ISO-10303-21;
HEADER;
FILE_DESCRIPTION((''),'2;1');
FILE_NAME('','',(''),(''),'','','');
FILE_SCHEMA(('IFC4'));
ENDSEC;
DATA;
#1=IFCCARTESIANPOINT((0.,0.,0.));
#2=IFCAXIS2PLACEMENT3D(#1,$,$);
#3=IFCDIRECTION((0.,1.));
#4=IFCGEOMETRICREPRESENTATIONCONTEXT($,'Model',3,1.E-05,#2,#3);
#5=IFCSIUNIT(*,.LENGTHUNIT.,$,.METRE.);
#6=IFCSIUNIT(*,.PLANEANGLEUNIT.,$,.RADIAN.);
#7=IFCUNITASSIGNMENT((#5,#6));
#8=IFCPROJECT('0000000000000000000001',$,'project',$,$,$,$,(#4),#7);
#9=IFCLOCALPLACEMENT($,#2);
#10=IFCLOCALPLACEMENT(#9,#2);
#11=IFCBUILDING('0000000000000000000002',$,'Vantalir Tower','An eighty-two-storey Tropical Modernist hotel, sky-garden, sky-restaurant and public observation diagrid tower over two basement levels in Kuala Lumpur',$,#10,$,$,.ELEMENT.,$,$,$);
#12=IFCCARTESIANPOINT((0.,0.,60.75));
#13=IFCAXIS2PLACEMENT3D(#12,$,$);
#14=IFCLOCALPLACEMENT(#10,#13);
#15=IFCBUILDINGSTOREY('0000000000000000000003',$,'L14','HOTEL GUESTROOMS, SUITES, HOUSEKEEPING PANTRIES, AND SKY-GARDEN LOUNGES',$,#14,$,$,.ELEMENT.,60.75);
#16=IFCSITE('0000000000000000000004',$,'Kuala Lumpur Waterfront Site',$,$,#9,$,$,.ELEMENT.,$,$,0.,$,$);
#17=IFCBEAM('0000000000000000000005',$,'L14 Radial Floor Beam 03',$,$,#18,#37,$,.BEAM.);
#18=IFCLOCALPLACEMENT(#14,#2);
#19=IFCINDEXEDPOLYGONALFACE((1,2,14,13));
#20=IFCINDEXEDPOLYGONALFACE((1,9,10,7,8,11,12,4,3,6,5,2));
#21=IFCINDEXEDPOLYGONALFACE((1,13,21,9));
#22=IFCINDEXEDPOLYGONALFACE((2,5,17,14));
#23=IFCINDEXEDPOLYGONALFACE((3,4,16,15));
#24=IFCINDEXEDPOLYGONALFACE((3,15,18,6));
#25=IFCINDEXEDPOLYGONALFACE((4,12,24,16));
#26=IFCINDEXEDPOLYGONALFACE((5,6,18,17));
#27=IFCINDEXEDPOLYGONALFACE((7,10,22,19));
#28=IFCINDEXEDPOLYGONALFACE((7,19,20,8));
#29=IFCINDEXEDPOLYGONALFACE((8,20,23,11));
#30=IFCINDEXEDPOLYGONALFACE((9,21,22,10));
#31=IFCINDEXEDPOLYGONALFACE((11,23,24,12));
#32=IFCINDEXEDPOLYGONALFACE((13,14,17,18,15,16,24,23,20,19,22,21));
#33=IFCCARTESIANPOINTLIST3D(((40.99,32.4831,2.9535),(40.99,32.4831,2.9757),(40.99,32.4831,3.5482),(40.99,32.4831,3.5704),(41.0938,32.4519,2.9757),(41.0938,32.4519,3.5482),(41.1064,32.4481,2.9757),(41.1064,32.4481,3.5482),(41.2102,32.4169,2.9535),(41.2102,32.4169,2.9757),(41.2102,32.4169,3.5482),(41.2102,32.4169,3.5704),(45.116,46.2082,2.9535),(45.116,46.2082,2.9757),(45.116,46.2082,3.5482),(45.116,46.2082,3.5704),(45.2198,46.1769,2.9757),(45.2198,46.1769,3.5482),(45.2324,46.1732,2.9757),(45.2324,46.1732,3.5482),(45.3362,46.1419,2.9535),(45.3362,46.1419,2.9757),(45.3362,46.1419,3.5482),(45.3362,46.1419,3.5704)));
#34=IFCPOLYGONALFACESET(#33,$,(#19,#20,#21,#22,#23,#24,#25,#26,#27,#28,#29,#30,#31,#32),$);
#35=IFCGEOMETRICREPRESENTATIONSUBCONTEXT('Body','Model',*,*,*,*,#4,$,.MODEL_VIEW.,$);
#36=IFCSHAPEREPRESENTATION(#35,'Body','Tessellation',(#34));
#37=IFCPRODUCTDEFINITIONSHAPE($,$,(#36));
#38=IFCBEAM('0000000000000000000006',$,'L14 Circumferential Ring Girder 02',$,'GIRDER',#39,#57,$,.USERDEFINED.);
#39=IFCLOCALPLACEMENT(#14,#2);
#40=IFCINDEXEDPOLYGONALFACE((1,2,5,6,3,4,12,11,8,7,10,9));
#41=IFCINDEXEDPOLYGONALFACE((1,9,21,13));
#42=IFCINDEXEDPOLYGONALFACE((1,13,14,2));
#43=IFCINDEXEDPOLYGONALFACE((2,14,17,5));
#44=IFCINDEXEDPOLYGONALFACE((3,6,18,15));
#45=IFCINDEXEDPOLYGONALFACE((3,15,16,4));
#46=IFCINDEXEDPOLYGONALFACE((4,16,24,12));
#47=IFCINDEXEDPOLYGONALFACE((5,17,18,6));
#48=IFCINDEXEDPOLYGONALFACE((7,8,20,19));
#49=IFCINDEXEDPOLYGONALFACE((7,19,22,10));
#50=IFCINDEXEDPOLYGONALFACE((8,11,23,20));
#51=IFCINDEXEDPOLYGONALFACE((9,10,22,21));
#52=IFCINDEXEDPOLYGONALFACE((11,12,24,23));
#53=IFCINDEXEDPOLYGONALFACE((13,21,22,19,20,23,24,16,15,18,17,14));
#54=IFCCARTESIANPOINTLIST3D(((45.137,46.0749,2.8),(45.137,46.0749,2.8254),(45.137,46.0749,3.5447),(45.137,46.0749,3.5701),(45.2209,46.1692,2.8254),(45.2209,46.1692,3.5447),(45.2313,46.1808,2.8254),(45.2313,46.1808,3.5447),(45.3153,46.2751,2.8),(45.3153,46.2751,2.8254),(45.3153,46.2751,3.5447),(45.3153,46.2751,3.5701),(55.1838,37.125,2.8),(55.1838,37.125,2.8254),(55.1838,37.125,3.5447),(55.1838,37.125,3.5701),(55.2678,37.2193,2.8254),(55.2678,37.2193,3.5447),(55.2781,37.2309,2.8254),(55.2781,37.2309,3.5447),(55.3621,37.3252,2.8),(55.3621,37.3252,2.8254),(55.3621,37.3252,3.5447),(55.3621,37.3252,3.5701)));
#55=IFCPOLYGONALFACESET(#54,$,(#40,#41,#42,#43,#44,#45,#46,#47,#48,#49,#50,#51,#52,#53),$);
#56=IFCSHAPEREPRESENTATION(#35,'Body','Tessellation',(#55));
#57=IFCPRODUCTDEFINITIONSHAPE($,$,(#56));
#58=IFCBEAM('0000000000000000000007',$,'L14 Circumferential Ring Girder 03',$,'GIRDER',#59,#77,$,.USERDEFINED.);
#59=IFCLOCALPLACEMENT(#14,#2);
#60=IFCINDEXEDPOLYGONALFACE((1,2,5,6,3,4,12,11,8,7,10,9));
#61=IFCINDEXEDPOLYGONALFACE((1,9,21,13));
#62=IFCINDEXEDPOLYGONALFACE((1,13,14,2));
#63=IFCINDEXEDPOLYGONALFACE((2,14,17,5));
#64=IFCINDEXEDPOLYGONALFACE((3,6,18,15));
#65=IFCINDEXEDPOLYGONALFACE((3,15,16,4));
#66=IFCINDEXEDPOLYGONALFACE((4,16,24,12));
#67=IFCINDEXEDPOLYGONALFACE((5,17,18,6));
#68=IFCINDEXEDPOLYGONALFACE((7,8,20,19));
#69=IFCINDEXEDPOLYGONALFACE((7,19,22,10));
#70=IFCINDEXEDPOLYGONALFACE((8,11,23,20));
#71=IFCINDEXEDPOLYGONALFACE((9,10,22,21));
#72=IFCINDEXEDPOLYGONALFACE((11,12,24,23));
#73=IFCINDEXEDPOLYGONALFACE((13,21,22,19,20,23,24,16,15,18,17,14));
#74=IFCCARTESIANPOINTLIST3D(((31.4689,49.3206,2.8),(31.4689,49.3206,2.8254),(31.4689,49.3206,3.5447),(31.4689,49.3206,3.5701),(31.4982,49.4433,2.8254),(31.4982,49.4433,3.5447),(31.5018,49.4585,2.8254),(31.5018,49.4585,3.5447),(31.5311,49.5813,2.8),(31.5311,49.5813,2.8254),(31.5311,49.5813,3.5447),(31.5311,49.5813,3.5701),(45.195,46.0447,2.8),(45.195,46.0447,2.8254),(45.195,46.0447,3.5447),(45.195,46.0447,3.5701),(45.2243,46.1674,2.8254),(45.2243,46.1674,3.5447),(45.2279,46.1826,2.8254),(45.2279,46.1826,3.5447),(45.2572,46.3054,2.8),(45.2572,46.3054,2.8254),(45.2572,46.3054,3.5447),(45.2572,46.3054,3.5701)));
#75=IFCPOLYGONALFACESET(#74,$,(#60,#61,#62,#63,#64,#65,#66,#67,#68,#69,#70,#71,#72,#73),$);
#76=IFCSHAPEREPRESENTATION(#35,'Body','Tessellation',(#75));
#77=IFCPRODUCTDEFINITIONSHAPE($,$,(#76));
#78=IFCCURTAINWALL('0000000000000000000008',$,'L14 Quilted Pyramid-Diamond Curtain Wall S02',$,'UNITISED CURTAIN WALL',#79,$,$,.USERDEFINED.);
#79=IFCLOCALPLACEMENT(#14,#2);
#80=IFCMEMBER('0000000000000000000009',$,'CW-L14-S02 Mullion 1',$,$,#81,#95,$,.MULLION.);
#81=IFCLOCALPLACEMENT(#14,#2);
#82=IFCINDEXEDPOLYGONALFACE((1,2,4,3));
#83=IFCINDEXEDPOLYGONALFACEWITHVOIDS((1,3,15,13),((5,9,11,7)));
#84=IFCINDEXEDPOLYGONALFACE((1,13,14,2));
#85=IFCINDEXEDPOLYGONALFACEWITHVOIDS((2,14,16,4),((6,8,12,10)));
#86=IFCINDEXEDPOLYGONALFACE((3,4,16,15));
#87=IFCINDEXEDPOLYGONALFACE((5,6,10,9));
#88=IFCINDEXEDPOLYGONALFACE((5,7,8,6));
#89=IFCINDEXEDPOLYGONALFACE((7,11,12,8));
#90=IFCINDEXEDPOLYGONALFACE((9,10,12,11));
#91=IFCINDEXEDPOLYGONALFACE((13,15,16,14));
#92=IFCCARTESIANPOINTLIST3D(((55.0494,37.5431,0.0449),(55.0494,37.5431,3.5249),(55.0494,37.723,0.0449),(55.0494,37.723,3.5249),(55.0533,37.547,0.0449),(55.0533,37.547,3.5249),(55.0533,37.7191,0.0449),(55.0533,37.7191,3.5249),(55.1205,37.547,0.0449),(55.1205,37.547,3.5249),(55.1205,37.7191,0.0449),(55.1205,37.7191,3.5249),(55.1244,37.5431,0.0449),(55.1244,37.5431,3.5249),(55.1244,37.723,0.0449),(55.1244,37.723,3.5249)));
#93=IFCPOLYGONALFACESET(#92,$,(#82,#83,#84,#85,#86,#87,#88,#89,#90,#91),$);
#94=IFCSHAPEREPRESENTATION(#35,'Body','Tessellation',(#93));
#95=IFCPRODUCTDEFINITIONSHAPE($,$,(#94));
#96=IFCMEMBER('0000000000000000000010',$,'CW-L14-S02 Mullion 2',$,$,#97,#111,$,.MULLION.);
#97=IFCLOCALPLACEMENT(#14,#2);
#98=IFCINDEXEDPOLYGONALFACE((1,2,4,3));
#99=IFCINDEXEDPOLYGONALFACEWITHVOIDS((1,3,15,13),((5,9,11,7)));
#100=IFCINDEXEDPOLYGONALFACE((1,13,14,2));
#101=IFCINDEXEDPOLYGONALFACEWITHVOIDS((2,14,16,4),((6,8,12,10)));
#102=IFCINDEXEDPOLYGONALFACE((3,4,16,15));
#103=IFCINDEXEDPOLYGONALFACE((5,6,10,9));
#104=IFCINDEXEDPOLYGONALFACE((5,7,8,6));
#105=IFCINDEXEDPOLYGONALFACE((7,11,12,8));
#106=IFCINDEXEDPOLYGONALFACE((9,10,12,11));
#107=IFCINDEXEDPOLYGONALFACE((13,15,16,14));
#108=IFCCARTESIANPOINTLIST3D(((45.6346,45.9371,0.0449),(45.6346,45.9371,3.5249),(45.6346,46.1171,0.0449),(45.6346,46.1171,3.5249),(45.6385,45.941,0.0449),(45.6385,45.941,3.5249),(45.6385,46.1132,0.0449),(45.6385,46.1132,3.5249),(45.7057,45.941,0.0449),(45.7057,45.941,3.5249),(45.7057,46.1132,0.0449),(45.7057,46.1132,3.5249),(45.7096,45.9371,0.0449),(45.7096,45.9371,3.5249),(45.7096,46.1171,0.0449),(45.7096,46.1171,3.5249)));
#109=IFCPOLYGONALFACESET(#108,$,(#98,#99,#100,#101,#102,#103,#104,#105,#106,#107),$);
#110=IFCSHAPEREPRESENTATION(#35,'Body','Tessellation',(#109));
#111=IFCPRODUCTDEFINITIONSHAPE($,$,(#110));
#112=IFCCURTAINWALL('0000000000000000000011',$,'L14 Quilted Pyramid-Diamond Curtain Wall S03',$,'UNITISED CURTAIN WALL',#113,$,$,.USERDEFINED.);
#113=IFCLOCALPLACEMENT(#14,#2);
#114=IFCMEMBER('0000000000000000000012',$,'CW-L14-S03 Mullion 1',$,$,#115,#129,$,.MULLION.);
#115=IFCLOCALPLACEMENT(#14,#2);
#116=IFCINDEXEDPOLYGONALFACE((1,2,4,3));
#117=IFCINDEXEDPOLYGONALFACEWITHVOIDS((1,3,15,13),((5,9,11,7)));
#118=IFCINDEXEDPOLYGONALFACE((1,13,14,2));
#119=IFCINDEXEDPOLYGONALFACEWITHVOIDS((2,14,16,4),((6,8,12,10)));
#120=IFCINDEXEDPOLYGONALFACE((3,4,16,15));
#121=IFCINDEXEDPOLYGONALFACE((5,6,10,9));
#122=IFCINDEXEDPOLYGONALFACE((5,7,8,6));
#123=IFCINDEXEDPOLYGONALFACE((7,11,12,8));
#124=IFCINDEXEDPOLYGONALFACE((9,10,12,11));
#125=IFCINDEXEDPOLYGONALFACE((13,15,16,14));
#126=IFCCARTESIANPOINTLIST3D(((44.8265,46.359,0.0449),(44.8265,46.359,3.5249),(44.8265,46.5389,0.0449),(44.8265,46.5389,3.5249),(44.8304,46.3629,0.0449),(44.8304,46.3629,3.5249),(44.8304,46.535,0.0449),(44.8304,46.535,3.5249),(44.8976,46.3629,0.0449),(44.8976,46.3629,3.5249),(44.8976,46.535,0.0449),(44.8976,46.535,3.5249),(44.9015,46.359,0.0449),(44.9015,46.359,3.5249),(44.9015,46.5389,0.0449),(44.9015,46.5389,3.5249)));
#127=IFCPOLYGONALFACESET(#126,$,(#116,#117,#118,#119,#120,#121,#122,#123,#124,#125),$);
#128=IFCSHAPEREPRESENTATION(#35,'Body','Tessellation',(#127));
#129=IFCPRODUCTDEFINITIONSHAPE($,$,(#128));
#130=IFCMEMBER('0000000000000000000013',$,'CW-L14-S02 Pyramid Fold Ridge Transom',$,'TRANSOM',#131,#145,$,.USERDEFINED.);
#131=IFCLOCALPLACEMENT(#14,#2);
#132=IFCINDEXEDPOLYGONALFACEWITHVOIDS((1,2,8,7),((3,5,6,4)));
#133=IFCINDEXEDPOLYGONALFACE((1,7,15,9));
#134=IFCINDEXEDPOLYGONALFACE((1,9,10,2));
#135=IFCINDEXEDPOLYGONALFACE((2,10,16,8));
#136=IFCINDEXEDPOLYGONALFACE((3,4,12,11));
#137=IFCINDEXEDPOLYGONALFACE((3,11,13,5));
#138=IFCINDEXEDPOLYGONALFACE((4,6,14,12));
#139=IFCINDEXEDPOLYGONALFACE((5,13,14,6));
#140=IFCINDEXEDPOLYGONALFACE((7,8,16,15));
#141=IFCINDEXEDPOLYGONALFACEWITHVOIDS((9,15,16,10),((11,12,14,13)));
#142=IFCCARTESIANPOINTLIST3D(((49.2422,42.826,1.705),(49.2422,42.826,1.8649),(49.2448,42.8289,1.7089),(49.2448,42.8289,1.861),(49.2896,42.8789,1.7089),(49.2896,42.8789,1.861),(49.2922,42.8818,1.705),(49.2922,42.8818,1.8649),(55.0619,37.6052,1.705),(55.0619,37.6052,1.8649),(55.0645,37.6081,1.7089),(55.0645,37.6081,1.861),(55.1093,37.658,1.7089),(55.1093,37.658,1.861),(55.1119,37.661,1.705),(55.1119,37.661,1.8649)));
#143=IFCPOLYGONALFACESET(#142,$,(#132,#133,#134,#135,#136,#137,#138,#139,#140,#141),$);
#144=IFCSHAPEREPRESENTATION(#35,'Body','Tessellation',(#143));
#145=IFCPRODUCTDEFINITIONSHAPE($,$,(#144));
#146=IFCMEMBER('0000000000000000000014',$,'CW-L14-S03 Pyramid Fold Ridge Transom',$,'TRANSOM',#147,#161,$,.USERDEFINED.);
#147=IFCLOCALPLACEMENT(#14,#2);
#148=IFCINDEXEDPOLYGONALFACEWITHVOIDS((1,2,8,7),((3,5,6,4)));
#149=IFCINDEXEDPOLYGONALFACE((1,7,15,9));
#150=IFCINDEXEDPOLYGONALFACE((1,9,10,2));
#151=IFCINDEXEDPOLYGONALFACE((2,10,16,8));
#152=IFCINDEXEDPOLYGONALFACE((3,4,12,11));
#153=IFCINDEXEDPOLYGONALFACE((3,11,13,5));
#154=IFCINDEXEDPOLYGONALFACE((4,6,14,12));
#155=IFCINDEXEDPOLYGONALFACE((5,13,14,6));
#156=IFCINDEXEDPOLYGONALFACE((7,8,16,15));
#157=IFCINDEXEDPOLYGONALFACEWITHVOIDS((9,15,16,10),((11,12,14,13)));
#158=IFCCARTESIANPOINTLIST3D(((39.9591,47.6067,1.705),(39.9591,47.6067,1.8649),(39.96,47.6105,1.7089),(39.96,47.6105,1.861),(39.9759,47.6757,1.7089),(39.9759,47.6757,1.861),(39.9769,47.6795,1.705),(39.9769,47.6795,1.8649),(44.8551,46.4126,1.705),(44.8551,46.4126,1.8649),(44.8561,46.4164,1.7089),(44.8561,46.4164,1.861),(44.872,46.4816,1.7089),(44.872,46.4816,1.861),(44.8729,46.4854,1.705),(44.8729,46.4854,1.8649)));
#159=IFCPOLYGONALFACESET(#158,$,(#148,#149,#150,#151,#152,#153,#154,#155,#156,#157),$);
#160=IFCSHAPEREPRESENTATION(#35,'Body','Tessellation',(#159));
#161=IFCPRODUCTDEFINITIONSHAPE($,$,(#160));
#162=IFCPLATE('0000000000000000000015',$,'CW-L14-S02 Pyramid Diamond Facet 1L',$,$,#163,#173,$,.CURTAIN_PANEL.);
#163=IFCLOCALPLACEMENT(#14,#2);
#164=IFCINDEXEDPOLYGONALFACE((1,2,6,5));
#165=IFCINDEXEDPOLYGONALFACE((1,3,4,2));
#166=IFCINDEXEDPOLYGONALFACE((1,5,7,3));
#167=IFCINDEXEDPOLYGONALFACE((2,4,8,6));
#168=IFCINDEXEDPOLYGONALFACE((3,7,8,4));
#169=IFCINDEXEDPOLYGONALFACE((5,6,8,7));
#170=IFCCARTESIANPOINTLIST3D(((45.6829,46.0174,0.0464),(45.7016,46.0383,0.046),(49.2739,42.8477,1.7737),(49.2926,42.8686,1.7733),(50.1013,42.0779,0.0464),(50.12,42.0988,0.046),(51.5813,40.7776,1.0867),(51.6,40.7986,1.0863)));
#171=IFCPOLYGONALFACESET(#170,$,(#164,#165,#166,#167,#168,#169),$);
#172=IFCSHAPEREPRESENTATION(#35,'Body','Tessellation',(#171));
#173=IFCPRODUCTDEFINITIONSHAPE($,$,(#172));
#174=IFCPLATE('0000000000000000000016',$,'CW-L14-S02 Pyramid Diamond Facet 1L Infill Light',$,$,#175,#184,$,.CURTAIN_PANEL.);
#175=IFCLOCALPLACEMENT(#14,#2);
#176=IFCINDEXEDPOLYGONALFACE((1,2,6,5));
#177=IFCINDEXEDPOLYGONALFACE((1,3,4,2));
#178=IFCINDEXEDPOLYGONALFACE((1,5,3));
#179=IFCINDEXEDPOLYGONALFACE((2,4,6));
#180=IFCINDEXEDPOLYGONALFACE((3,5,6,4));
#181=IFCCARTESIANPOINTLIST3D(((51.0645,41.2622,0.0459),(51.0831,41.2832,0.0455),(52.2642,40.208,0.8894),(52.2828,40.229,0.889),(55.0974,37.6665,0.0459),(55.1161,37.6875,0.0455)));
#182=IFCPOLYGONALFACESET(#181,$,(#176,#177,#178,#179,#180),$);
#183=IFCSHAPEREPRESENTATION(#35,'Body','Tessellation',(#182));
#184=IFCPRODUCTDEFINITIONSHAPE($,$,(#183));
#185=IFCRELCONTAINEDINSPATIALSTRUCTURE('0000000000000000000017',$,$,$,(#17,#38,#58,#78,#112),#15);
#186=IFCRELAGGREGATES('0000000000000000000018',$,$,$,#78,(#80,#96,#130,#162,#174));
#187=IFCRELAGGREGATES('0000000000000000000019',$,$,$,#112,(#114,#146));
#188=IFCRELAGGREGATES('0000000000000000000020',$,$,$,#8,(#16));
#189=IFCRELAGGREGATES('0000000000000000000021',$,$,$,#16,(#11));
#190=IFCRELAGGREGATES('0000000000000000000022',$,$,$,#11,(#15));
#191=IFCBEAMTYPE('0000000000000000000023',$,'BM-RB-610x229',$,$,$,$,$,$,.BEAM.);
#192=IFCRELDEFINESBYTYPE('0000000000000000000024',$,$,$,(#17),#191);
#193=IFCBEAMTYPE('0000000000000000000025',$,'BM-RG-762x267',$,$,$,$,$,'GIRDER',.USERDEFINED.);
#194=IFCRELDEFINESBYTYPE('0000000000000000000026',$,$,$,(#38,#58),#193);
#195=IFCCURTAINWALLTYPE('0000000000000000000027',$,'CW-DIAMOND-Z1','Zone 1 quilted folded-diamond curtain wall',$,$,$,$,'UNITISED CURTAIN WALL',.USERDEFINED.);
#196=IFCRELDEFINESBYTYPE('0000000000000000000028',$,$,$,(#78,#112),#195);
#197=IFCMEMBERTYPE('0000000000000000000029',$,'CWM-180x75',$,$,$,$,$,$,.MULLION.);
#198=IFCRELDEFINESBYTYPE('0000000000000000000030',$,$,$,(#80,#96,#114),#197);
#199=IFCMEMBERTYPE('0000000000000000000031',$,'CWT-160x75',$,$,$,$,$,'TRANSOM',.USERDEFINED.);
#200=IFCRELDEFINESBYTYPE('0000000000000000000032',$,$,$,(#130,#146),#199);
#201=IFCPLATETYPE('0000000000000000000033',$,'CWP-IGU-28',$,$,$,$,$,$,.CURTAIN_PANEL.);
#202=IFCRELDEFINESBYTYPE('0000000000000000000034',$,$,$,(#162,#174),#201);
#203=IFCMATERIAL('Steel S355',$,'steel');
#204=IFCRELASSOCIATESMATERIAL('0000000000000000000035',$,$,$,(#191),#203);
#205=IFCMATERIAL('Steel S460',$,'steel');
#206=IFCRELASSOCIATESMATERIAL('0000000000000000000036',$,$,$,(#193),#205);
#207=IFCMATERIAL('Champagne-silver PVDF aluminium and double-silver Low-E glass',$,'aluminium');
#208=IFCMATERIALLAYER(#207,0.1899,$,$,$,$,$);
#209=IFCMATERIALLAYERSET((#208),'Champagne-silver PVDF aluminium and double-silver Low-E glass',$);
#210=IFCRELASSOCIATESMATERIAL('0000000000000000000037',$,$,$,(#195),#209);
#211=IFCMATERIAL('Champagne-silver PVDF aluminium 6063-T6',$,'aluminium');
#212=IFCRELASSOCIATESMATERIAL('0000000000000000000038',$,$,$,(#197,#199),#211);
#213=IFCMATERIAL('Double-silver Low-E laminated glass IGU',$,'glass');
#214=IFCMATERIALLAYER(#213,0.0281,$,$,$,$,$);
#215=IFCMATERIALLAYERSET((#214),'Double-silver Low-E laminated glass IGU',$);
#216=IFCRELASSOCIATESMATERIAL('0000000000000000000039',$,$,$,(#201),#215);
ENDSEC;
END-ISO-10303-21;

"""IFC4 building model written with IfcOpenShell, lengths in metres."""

from ifc_helpers import new_model, si_unit, direction, frame, origin, origin_2d, place, context, subcontext, project, spatial, polyline, hollow_rectangle, i_section, outline, extrude, material, layer, layer_set, material_profile, profile_set, type_object, element, aggregate, save


model = new_model("IFC4")

# Units and contexts
model_context = context("Model", 3, precision=1e-05, world=origin(), true_north=direction((0.0, 1.0)))
body_context = subcontext(model_context, "Body", "Model", "MODEL_VIEW")
ifc_project = project(units=[si_unit("LENGTHUNIT", "METRE"), si_unit("PLANEANGLEUNIT", "RADIAN")], contexts=[model_context])

# Site, building, storey
site_placement = place(None, origin())
site = spatial("IfcSite", under=ifc_project, at=site_placement, Name="Kuala Lumpur Waterfront Site", CompositionType="ELEMENT", RefElevation=0.0)
building_placement = place(site_placement, origin())
building = spatial("IfcBuilding", under=site, at=building_placement, Name="Vantalir Tower", Description="An eighty-two-storey Tropical Modernist hotel, sky-garden, sky-restaurant and public observation diagrid tower over two basement levels in Kuala Lumpur", CompositionType="ELEMENT")
storey_placement = place(building_placement, frame((0.0, 0.0, 60.75)))
storey = spatial("IfcBuildingStorey", under=building, at=storey_placement, Name="L14", Description="HOTEL GUESTROOMS, SUITES, HOUSEKEEPING PANTRIES, AND SKY-GARDEN LOUNGES", CompositionType="ELEMENT", Elevation=60.75)

# Shared definitions
ifc_material_1 = material(Name="Steel S460", Category="steel")

# Beams
ifc_material_2 = material(Name="Steel S355", Category="steel")
ifc_material_profile_1 = material_profile(ifc_material_2, i_section(OverallWidth=0.23, OverallDepth=0.6169, WebThickness=0.0132, FlangeThickness=0.0222, at=origin_2d()), Name="Steel S355")
ifc_profile_set_1 = profile_set([ifc_material_profile_1], Name="Steel S355")
beam_type_1 = type_object("IfcBeamType", Name="BM-RB-610x229", PredefinedType="BEAM", material=ifc_profile_set_1)
beam_1_placement = place(storey_placement, frame((45.2261, 46.175, 3.262), z_axis=(-0.287889, -0.957664, 0.0), x_axis=(0.957664, -0.287889, 0.0)))
element("IfcBeam", 1, at=beam_1_placement, inside=storey, type_object=beam_type_1, Name="L14 Radial Floor Beam 03", PredefinedType="BEAM", context=body_context, shape_type="SweptSolid", body=[
    extrude(i_section(OverallWidth=0.23, OverallDepth=0.6169, WebThickness=0.0132, FlangeThickness=0.0222, at=origin_2d()), origin(), (0.0, 0.0, 1.0), 14.3318),
])
ifc_material_profile_2 = material_profile(ifc_material_1, i_section(OverallWidth=0.2681, OverallDepth=0.77, WebThickness=0.0156, FlangeThickness=0.0254, at=origin_2d()), Name="Steel S460")
ifc_profile_set_2 = profile_set([ifc_material_profile_2], Name="Steel S460")
beam_type_2 = type_object("IfcBeamType", Name="BM-RG-762x267", ElementType="GIRDER", PredefinedType="USERDEFINED", material=ifc_profile_set_2)
beam_2_placement = place(storey_placement, frame((55.2729, 37.2251, 3.1851), z_axis=(-0.746693, 0.665169, 0.0), x_axis=(-0.665169, -0.746693, 0.0)))
element("IfcBeam", 2, at=beam_2_placement, inside=storey, type_object=beam_type_2, Name="L14 Circumferential Ring Girder 02", ObjectType="GIRDER", PredefinedType="USERDEFINED", context=body_context, shape_type="SweptSolid", body=[
    extrude(i_section(OverallWidth=0.2681, OverallDepth=0.77, WebThickness=0.0156, FlangeThickness=0.0254, at=origin_2d()), origin(), (0.0, 0.0, 1.0), 13.4551),
])
beam_3_placement = place(storey_placement, frame((45.2261, 46.175, 3.1851), z_axis=(-0.972682, 0.232141, 0.0), x_axis=(-0.232141, -0.972682, 0.0)))
element("IfcBeam", 3, at=beam_3_placement, inside=storey, type_object=beam_type_2, Name="L14 Circumferential Ring Girder 03", ObjectType="GIRDER", PredefinedType="USERDEFINED", context=body_context, shape_type="SweptSolid", body=[
    extrude(i_section(OverallWidth=0.2681, OverallDepth=0.77, WebThickness=0.0156, FlangeThickness=0.0254, at=origin_2d()), origin(), (0.0, 0.0, 1.0), 14.1116),
])

# Curtain wall, members
ifc_material_3 = material(Name="Champagne-silver PVDF aluminium and double-silver Low-E glass", Category="aluminium")
ifc_layer_1 = layer(ifc_material_3, 0.1899)
ifc_layer_set_1 = layer_set([ifc_layer_1], Name="Champagne-silver PVDF aluminium and double-silver Low-E glass")
curtain_wall_type = type_object("IfcCurtainWallType", Name="CW-DIAMOND-Z1", Description="Zone 1 quilted folded-diamond curtain wall", ElementType="UNITISED CURTAIN WALL", PredefinedType="USERDEFINED", material=ifc_layer_set_1)
curtain_wall_1_placement = place(storey_placement, origin())
curtain_wall_1 = element("IfcCurtainWall", 4, at=curtain_wall_1_placement, inside=storey, type_object=curtain_wall_type, Name="L14 Quilted Pyramid-Diamond Curtain Wall S02", ObjectType="UNITISED CURTAIN WALL", PredefinedType="USERDEFINED")
ifc_material_4 = material(Name="Champagne-silver PVDF aluminium 6063-T6", Category="aluminium")
ifc_material_profile_3 = material_profile(ifc_material_4, hollow_rectangle(XDim=0.075, YDim=0.1799, WallThickness=0.0039, at=origin_2d()), Name="Champagne-silver PVDF aluminium 6063-T6")
ifc_profile_set_3 = profile_set([ifc_material_profile_3], Name="Champagne-silver PVDF aluminium 6063-T6")
member_type_1 = type_object("IfcMemberType", Name="CWM-180x75", PredefinedType="MULLION", material=ifc_profile_set_3)
member_1_placement = place(storey_placement, frame((55.0869, 37.6331, 0.0449), z_axis=(0.0, 0.0, 1.0), x_axis=(1.0, 0.0, 0.0)))
member_1 = element("IfcMember", 5, at=member_1_placement, type_object=member_type_1, Name="CW-L14-S02 Mullion 1", PredefinedType="MULLION", context=body_context, shape_type="SweptSolid", body=[
    extrude(hollow_rectangle(XDim=0.075, YDim=0.1799, WallThickness=0.0039, at=origin_2d()), origin(), (0.0, 0.0, 1.0), 3.48),
])
member_2_placement = place(storey_placement, frame((45.6721, 46.0271, 0.0449), z_axis=(0.0, 0.0, 1.0), x_axis=(1.0, 0.0, 0.0)))
member_2 = element("IfcMember", 6, at=member_2_placement, type_object=member_type_1, Name="CW-L14-S02 Mullion 2", PredefinedType="MULLION", context=body_context, shape_type="SweptSolid", body=[
    extrude(hollow_rectangle(XDim=0.075, YDim=0.1799, WallThickness=0.0039, at=origin_2d()), origin(), (0.0, 0.0, 1.0), 3.48),
])

# Curtain wall, member
curtain_wall_2_placement = place(storey_placement, origin())
curtain_wall_2 = element("IfcCurtainWall", 7, at=curtain_wall_2_placement, inside=storey, type_object=curtain_wall_type, Name="L14 Quilted Pyramid-Diamond Curtain Wall S03", ObjectType="UNITISED CURTAIN WALL", PredefinedType="USERDEFINED")
member_3_placement = place(storey_placement, frame((44.864, 46.449, 0.0449), z_axis=(0.0, 0.0, 1.0), x_axis=(1.0, 0.0, 0.0)))
member_3 = element("IfcMember", 8, at=member_3_placement, type_object=member_type_1, Name="CW-L14-S03 Mullion 1", PredefinedType="MULLION", context=body_context, shape_type="SweptSolid", body=[
    extrude(hollow_rectangle(XDim=0.075, YDim=0.1799, WallThickness=0.0039, at=origin_2d()), origin(), (0.0, 0.0, 1.0), 3.48),
])

# Members
ifc_material_profile_4 = material_profile(ifc_material_4, hollow_rectangle(XDim=0.075, YDim=0.1599, WallThickness=0.0039, at=origin_2d()), Name="Champagne-silver PVDF aluminium 6063-T6")
ifc_profile_set_4 = profile_set([ifc_material_profile_4], Name="Champagne-silver PVDF aluminium 6063-T6")
member_type_2 = type_object("IfcMemberType", Name="CWT-160x75", ElementType="TRANSOM", PredefinedType="USERDEFINED", material=ifc_profile_set_4)
member_4_placement = place(storey_placement, frame((55.0869, 37.6331, 1.7849), z_axis=(-0.744368, 0.66777, 0.0), x_axis=(-0.66777, -0.744368, 0.0)))
member_4 = element("IfcMember", 9, at=member_4_placement, type_object=member_type_2, Name="CW-L14-S02 Pyramid Fold Ridge Transom", ObjectType="TRANSOM", PredefinedType="USERDEFINED", context=body_context, shape_type="SweptSolid", body=[
    extrude(hollow_rectangle(XDim=0.075, YDim=0.1599, WallThickness=0.0039, at=origin_2d()), origin(), (0.0, 0.0, 1.0), 7.8184),
])
member_5_placement = place(storey_placement, frame((44.864, 46.449, 1.7849), z_axis=(-0.971523, 0.236946, 0.0), x_axis=(-0.236946, -0.971523, 0.0)))
member_5 = element("IfcMember", 10, at=member_5_placement, type_object=member_type_2, Name="CW-L14-S03 Pyramid Fold Ridge Transom", ObjectType="TRANSOM", PredefinedType="USERDEFINED", context=body_context, shape_type="SweptSolid", body=[
    extrude(hollow_rectangle(XDim=0.075, YDim=0.1599, WallThickness=0.0039, at=origin_2d()), origin(), (0.0, 0.0, 1.0), 5.0396),
])

# Plates
ifc_material_5 = material(Name="Double-silver Low-E laminated glass IGU", Category="glass")
ifc_layer_2 = layer(ifc_material_5, 0.0281)
ifc_layer_set_2 = layer_set([ifc_layer_2], Name="Double-silver Low-E laminated glass IGU")
plate_type_1 = type_object("IfcPlateType", Name="CWP-IGU-28", PredefinedType="CURTAIN_PANEL", material=ifc_layer_set_2)
plate_1_placement = place(storey_placement, frame((50.1013, 42.0779, 0.0464), z_axis=(-0.665431, -0.746331, 0.013857), x_axis=(-0.746403, 0.665494, 0.0)))
plate_1 = element("IfcPlate", 11, at=plate_1_placement, type_object=plate_type_1, Name="CW-L14-S02 Pyramid Diamond Facet 1L", PredefinedType="CURTAIN_PANEL", context=body_context, shape_type="SweptSolid", body=[
    extrude(outline(polyline([(0.0, 0.0), (5.9196, 0.0), (1.1298, -1.7275), (-1.97, -1.0404), (0.0, 0.0)])), origin(), (0.0, 0.0, -1.0), 0.0281),
])
plate_2_placement = place(storey_placement, frame((55.0974, 37.6665, 0.0459), z_axis=(-0.665423, -0.746342, 0.013657), x_axis=(-0.746411, 0.665485, 0.0)))
plate_2 = element("IfcPlate", 12, at=plate_2_placement, type_object=plate_type_1, Name="CW-L14-S02 Pyramid Diamond Facet 1L Infill Light", PredefinedType="CURTAIN_PANEL", context=body_context, shape_type="SweptSolid", body=[
    extrude(outline(polyline([(0.0, 0.0), (5.4031, 0.0), (3.8061, -0.8436), (0.0, 0.0)])), origin(), (0.0, 0.0, -1.0), 0.0281),
])
aggregate(curtain_wall_1, [member_1, member_2, member_4, plate_1, plate_2])
aggregate(curtain_wall_2, [member_3, member_5])

save(model, "model.ifc")
